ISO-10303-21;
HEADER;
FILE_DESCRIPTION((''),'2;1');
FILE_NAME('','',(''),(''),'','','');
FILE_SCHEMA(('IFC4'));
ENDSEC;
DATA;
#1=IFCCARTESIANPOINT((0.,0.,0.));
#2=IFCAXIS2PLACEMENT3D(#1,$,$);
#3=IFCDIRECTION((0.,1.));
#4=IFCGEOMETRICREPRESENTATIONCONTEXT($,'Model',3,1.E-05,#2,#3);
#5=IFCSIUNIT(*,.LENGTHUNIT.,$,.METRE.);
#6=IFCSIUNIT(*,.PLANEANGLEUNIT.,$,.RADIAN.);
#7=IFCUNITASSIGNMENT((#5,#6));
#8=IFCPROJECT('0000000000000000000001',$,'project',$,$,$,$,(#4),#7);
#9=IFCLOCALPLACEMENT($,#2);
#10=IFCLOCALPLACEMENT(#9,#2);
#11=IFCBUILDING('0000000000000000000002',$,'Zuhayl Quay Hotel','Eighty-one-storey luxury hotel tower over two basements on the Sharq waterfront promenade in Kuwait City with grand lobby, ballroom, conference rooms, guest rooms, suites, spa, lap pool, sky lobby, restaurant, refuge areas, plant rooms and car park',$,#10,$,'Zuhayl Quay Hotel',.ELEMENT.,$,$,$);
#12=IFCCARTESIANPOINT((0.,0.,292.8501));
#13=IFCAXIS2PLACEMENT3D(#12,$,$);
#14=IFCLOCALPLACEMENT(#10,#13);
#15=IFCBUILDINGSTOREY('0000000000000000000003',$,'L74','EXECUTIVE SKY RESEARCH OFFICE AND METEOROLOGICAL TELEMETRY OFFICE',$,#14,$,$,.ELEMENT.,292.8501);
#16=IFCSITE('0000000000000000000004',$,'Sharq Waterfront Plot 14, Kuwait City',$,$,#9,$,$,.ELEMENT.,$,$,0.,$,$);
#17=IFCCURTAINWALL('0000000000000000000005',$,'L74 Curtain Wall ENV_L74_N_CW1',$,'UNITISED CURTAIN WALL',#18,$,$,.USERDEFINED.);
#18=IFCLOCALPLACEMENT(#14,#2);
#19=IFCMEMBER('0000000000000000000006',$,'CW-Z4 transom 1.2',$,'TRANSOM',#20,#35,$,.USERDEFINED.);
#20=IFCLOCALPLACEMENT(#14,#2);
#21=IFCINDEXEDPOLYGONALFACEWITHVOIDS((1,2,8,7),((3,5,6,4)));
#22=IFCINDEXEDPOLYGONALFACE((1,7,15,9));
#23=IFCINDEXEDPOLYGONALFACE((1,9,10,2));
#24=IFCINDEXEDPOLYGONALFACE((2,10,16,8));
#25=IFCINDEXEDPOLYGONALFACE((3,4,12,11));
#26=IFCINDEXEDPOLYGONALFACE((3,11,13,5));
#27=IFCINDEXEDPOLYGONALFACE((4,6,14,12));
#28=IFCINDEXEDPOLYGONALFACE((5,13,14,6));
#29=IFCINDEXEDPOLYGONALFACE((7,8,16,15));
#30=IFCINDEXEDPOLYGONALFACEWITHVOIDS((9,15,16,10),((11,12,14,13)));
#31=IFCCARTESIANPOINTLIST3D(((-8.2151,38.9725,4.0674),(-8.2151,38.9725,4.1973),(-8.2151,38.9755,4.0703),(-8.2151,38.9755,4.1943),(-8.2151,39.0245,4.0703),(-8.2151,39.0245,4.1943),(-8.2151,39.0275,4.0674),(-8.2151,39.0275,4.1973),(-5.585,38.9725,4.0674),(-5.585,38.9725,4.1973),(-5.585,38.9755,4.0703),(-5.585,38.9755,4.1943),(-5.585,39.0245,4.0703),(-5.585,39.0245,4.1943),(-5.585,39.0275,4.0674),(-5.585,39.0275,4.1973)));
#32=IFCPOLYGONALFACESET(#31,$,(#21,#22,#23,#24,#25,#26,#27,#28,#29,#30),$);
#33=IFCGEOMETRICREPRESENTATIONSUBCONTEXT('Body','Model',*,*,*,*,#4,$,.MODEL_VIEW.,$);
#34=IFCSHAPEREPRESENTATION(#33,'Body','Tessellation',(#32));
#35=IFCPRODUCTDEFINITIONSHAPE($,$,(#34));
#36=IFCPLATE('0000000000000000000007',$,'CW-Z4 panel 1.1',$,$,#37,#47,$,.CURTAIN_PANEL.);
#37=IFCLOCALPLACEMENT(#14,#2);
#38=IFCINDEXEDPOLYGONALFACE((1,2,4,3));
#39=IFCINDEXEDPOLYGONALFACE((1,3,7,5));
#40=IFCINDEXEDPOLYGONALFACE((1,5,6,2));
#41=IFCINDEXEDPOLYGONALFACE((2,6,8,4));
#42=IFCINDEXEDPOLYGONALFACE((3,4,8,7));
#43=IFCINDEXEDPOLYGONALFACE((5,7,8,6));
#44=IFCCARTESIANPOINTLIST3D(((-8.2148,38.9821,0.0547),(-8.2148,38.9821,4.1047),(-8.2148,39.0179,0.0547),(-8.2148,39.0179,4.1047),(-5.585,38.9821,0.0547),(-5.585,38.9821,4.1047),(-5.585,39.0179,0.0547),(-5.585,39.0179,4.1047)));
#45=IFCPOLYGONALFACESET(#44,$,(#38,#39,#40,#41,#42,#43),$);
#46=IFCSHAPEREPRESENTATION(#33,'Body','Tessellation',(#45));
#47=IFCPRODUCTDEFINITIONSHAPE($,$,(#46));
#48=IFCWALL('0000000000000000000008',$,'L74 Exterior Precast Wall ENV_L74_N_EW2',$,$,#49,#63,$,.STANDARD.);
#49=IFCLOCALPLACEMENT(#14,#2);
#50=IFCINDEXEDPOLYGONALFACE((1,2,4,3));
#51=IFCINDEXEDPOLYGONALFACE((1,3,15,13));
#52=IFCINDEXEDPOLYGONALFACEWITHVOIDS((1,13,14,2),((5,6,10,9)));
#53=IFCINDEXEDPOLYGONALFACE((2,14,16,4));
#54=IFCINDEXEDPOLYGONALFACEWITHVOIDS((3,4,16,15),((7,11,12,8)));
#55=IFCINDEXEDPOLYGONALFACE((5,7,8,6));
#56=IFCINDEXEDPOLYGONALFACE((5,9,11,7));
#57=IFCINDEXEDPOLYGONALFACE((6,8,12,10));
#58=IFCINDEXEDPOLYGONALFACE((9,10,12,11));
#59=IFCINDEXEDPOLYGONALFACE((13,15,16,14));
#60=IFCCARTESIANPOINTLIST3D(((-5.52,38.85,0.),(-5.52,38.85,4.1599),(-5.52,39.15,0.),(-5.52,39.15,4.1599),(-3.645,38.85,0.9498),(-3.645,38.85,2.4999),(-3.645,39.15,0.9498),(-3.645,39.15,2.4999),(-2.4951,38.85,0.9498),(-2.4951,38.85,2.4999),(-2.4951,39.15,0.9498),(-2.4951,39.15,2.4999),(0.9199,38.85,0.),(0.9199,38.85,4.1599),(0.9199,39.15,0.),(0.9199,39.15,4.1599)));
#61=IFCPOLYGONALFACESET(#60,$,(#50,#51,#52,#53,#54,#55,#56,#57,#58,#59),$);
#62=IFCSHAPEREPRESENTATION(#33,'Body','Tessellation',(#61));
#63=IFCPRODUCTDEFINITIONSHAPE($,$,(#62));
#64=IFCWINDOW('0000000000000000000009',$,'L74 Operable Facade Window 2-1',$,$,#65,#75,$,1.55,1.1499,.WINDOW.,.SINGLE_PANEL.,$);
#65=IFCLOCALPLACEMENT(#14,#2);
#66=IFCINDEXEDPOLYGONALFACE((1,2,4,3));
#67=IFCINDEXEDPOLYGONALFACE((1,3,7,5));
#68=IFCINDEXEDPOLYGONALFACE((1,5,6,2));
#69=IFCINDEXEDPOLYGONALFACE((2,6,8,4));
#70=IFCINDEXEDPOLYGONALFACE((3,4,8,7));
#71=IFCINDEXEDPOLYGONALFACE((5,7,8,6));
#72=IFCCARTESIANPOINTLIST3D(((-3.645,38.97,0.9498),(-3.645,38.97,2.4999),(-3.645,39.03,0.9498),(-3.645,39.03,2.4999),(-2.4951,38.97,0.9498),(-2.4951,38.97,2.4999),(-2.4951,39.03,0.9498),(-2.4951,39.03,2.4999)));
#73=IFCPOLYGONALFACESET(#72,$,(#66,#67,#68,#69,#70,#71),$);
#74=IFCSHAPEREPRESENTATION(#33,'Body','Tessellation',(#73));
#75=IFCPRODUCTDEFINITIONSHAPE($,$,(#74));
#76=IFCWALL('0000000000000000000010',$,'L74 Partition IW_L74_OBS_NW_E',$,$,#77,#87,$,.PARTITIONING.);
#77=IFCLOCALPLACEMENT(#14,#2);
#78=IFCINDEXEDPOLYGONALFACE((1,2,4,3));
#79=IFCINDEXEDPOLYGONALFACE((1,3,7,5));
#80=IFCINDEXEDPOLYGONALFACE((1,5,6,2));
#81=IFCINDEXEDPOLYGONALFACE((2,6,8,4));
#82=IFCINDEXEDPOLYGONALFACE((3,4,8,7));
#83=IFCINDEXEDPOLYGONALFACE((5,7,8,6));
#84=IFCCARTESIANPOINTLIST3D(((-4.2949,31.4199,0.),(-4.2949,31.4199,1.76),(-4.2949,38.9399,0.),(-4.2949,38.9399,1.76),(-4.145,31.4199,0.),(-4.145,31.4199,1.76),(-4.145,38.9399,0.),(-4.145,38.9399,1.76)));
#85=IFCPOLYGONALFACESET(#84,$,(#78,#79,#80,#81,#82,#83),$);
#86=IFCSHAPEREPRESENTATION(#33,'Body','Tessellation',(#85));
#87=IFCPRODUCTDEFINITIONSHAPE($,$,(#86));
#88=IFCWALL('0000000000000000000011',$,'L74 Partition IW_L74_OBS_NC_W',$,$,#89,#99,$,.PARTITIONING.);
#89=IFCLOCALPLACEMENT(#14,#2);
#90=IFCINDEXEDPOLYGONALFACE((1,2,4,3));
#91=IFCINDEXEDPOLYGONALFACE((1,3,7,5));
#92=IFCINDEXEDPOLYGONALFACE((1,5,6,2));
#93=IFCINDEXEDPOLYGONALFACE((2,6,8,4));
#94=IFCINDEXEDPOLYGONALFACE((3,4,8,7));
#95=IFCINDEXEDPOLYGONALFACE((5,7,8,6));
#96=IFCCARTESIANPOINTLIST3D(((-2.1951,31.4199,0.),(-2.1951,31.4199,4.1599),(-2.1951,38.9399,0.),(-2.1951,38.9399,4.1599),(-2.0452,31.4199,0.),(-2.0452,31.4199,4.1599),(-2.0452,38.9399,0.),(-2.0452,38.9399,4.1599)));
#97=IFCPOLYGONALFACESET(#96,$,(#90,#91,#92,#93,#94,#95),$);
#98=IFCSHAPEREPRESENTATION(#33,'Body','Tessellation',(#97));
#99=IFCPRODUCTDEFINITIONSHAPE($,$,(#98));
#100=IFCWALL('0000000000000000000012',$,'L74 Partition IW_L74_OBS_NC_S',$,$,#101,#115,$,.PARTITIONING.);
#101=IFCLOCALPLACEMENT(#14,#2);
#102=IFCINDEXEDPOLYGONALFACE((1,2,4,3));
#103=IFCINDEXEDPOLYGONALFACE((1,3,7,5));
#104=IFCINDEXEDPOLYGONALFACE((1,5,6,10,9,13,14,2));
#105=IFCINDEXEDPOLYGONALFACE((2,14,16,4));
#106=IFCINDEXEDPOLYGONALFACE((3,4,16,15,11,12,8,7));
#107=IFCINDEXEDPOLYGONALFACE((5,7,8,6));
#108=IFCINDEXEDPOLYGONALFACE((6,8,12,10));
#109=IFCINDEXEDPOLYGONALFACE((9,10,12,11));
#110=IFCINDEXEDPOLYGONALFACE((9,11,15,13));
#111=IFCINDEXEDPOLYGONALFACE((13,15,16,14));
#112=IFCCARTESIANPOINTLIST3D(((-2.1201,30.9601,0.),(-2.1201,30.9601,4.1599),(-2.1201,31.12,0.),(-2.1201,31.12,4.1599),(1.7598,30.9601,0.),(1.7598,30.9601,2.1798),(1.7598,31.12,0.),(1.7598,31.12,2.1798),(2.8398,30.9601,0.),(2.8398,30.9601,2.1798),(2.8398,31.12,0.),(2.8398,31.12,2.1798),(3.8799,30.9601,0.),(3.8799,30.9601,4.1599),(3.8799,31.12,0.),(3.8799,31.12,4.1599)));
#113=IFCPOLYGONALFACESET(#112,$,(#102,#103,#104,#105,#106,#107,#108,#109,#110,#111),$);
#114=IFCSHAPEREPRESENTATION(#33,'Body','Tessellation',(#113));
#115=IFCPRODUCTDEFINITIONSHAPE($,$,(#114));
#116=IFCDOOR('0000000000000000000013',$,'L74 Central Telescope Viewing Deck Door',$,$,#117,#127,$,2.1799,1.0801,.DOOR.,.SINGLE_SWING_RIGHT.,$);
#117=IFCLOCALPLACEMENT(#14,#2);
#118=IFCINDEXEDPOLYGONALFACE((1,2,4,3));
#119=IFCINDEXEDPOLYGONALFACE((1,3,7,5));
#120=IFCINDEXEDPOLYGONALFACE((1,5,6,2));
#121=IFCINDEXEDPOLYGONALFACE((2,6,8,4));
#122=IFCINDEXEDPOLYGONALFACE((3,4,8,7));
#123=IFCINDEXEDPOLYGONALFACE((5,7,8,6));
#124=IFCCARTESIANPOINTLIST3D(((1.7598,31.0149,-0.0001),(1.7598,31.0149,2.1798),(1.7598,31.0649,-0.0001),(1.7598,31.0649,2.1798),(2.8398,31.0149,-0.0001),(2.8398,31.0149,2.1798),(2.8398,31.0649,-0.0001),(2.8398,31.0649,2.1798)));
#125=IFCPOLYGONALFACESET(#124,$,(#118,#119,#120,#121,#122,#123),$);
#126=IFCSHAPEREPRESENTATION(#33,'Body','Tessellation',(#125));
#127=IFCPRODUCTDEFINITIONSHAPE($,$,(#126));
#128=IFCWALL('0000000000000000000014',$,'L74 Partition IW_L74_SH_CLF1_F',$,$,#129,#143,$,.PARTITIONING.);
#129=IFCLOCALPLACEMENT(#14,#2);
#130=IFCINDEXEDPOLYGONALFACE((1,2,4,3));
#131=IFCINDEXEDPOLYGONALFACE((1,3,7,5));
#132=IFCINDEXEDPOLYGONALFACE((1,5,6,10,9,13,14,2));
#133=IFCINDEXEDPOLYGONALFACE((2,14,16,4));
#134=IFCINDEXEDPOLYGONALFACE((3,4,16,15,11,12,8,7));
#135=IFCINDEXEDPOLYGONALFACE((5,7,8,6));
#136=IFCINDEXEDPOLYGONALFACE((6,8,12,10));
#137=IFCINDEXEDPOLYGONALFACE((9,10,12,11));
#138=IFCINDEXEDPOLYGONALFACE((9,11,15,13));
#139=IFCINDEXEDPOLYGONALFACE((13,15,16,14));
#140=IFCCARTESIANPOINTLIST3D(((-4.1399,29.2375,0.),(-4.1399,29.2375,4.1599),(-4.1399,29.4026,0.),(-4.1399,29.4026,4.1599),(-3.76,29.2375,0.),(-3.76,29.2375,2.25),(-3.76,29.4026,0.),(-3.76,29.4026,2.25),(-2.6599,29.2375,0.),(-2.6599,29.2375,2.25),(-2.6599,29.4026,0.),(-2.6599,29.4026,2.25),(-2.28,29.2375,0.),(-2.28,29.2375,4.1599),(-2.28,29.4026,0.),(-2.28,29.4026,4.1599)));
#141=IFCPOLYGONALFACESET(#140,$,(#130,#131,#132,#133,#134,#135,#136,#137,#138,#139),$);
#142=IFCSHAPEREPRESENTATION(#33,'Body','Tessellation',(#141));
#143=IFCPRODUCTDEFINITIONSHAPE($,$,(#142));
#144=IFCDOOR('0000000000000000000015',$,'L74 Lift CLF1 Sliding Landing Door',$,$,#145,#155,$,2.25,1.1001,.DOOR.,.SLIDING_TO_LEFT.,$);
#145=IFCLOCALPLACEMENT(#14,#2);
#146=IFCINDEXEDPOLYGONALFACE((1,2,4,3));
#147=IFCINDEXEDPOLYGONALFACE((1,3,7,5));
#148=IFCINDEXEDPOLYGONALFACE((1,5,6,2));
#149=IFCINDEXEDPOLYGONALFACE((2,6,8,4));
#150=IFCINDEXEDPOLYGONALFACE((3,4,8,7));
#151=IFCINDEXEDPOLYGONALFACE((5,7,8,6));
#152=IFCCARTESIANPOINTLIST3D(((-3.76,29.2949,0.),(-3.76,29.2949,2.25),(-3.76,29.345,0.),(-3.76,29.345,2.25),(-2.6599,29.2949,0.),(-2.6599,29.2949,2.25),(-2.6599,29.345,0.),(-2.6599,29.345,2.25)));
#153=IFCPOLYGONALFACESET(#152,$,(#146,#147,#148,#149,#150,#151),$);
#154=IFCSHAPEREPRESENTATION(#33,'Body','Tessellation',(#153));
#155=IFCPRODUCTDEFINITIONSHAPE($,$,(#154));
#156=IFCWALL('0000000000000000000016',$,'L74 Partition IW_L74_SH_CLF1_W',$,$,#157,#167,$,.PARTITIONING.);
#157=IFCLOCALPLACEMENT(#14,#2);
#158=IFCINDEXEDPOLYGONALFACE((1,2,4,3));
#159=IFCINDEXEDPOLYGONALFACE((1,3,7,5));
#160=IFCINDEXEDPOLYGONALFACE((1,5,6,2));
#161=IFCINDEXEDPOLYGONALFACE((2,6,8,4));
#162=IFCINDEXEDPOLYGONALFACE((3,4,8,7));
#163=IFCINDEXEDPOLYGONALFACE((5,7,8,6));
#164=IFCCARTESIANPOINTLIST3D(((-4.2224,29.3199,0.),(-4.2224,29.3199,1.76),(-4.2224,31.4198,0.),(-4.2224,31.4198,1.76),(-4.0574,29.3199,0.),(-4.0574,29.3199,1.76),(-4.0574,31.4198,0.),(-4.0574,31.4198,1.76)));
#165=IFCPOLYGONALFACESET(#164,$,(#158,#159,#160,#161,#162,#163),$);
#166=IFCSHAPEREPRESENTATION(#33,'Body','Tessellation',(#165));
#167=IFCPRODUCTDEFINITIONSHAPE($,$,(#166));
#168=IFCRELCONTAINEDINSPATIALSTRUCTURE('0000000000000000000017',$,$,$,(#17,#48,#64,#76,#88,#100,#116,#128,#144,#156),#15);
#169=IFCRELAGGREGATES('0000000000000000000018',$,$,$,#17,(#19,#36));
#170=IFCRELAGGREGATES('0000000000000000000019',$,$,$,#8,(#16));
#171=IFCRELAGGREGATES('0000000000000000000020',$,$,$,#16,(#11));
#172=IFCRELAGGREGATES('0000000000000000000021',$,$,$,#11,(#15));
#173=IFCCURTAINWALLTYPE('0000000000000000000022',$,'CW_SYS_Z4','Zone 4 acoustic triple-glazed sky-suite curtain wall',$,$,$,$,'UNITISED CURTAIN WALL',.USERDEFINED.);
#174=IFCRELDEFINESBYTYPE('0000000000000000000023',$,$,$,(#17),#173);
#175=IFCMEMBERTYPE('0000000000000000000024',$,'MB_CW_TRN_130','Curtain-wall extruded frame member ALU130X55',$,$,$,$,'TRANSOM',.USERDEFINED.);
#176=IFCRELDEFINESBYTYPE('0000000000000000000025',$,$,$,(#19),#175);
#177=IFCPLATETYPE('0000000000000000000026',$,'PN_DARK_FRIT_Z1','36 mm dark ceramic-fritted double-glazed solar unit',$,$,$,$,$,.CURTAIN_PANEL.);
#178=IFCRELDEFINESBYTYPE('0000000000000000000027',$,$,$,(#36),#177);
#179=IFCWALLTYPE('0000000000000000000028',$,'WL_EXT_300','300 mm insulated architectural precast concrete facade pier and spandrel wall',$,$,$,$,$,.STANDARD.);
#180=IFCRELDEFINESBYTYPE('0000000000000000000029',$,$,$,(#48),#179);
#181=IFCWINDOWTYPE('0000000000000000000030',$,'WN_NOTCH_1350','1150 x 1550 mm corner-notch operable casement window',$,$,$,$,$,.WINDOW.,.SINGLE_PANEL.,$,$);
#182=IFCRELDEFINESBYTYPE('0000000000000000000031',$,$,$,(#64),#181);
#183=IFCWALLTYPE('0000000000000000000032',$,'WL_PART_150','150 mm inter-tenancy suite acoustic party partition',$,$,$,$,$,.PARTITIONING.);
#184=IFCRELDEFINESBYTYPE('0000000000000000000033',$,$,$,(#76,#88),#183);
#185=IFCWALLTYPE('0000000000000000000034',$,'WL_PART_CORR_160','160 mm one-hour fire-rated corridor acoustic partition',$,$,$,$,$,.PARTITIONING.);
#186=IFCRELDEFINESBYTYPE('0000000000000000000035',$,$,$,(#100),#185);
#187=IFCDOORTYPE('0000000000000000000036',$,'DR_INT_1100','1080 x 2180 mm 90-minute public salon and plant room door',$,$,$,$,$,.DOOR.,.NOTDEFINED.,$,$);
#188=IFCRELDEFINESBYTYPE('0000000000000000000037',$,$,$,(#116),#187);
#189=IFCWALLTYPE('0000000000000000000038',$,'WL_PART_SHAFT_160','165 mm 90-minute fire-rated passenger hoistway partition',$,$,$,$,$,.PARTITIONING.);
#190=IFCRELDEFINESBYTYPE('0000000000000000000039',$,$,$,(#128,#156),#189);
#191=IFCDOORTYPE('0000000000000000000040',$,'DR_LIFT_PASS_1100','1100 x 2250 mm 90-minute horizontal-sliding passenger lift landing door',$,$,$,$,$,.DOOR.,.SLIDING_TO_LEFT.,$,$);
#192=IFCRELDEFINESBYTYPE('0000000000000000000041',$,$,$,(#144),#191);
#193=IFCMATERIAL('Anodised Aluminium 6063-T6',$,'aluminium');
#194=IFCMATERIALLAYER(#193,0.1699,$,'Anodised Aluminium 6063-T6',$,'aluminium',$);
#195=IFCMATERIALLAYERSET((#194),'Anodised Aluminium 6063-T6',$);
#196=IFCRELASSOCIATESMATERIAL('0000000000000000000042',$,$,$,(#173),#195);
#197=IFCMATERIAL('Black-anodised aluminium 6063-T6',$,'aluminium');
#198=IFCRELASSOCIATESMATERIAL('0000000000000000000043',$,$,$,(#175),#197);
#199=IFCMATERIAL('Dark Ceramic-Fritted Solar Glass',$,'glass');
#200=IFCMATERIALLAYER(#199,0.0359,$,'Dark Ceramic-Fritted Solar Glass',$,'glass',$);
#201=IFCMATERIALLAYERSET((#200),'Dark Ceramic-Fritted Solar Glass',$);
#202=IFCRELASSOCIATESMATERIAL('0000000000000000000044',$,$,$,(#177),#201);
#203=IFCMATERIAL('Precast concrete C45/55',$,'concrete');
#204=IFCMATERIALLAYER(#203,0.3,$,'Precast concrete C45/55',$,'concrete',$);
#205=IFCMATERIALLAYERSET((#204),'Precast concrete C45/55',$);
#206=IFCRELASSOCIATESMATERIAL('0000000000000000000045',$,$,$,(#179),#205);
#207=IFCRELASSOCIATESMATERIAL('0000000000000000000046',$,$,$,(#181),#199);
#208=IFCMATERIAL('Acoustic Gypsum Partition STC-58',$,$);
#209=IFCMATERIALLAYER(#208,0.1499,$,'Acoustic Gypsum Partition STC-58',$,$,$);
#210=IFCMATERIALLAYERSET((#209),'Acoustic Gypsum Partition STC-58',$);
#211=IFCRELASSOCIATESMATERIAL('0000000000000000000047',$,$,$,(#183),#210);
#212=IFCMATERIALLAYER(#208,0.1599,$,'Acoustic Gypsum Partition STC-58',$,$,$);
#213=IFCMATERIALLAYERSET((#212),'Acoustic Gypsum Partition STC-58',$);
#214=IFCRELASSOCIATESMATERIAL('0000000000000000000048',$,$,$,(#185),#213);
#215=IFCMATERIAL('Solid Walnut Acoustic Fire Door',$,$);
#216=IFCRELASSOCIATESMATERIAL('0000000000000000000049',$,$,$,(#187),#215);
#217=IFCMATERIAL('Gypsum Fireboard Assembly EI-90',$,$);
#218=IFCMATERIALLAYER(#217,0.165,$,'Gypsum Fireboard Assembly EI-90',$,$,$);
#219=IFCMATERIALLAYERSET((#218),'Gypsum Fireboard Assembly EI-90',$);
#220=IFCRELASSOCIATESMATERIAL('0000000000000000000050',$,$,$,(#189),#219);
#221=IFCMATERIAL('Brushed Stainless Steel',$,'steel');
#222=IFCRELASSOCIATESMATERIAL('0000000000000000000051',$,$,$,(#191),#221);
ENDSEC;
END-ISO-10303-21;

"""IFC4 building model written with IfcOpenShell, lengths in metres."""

from ifc_helpers import new_model, si_unit, direction, frame, frame_2d, origin, origin_2d, place, context, subcontext, project, spatial, rectangle, hollow_rectangle, extrude, material, layer, layer_set, material_profile, profile_set, type_object, element, fill, aggregate, save


model = new_model("IFC4")

# Units and contexts
model_context = context("Model", 3, precision=1e-05, world=origin(), true_north=direction((0.0, 1.0)))
body_context = subcontext(model_context, "Body", "Model", "MODEL_VIEW")
ifc_project = project(units=[si_unit("LENGTHUNIT", "METRE"), si_unit("PLANEANGLEUNIT", "RADIAN")], contexts=[model_context])

# Site, building, storey
site_placement = place(None, origin())
site = spatial("IfcSite", under=ifc_project, at=site_placement, Name="Sharq Waterfront Plot 14, Kuwait City", CompositionType="ELEMENT", RefElevation=0.0)
building_placement = place(site_placement, origin())
building = spatial("IfcBuilding", under=site, at=building_placement, Name="Zuhayl Quay Hotel", Description="Eighty-one-storey luxury hotel tower over two basements on the Sharq waterfront promenade in Kuwait City with grand lobby, ballroom, conference rooms, guest rooms, suites, spa, lap pool, sky lobby, restaurant, refuge areas, plant rooms and car park", LongName="Zuhayl Quay Hotel", CompositionType="ELEMENT")
storey_placement = place(building_placement, frame((0.0, 0.0, 292.8501)))
storey = spatial("IfcBuildingStorey", under=building, at=storey_placement, Name="L74", Description="EXECUTIVE SKY RESEARCH OFFICE AND METEOROLOGICAL TELEMETRY OFFICE", CompositionType="ELEMENT", Elevation=292.8501)

# Curtain wall, member, plate
ifc_material_1 = material(Name="Anodised Aluminium 6063-T6", Category="aluminium")
ifc_layer_1 = layer(ifc_material_1, 0.1699, Name="Anodised Aluminium 6063-T6", Category="aluminium")
ifc_layer_set_1 = layer_set([ifc_layer_1], Name="Anodised Aluminium 6063-T6")
curtain_wall_type = type_object("IfcCurtainWallType", Name="CW_SYS_Z4", Description="Zone 4 acoustic triple-glazed sky-suite curtain wall", ElementType="UNITISED CURTAIN WALL", PredefinedType="USERDEFINED", material=ifc_layer_set_1)
curtain_wall_placement = place(storey_placement, origin())
curtain_wall = element("IfcCurtainWall", 1, at=curtain_wall_placement, inside=storey, type_object=curtain_wall_type, Name="L74 Curtain Wall ENV_L74_N_CW1", ObjectType="UNITISED CURTAIN WALL", PredefinedType="USERDEFINED")
ifc_material_2 = material(Name="Black-anodised aluminium 6063-T6", Category="aluminium")
ifc_material_profile_1 = material_profile(ifc_material_2, hollow_rectangle(XDim=0.0549, YDim=0.1299, WallThickness=0.0029, at=origin_2d()), Name="ALU130X55")
ifc_profile_set_1 = profile_set([ifc_material_profile_1], Name="Black-anodised aluminium 6063-T6")
member_type_1 = type_object("IfcMemberType", Name="MB_CW_TRN_130", Description="Curtain-wall extruded frame member ALU130X55", ElementType="TRANSOM", PredefinedType="USERDEFINED", material=ifc_profile_set_1)
member_1_placement = place(storey_placement, frame((-8.2151, 39.0, 4.1323), z_axis=(1.0, 0.0, 0.0), x_axis=(0.0, 1.0, 0.0)))
member_1 = element("IfcMember", 2, at=member_1_placement, type_object=member_type_1, Name="CW-Z4 transom 1.2", ObjectType="TRANSOM", PredefinedType="USERDEFINED", context=body_context, shape_type="SweptSolid", body=[
    extrude(hollow_rectangle(XDim=0.0549, YDim=0.1299, WallThickness=0.0029, at=origin_2d()), origin(), (0.0, 0.0, 1.0), 2.6301),
])
ifc_material_3 = material(Name="Dark Ceramic-Fritted Solar Glass", Category="glass")
ifc_layer_2 = layer(ifc_material_3, 0.0359, Name="Dark Ceramic-Fritted Solar Glass", Category="glass")
ifc_layer_set_2 = layer_set([ifc_layer_2], Name="Dark Ceramic-Fritted Solar Glass")
plate_type = type_object("IfcPlateType", Name="PN_DARK_FRIT_Z1", Description="36 mm dark ceramic-fritted double-glazed solar unit", PredefinedType="CURTAIN_PANEL", material=ifc_layer_set_2)
plate_placement = place(storey_placement, frame((-6.8999, 39.0, 0.0547), z_axis=(0.0, 0.0, 1.0), x_axis=(1.0, 0.0, 0.0)))
plate = element("IfcPlate", 3, at=plate_placement, type_object=plate_type, Name="CW-Z4 panel 1.1", PredefinedType="CURTAIN_PANEL", context=body_context, shape_type="SweptSolid", body=[
    extrude(rectangle(XDim=2.6299, YDim=0.0359, at=origin_2d()), origin(), (0.0, 0.0, 1.0), 4.05),
])
aggregate(curtain_wall, [member_1, plate])

# Wall, opening, window
ifc_material_4 = material(Name="Precast concrete C45/55", Category="concrete")
ifc_layer_3 = layer(ifc_material_4, 0.3, Name="Precast concrete C45/55", Category="concrete")
ifc_layer_set_3 = layer_set([ifc_layer_3], Name="Precast concrete C45/55")
wall_type_1 = type_object("IfcWallType", Name="WL_EXT_300", Description="300 mm insulated architectural precast concrete facade pier and spandrel wall", PredefinedType="STANDARD", material=ifc_layer_set_3)
wall_1_placement = place(storey_placement, frame((-5.52, 39.0, 0.0), z_axis=(0.0, 0.0, 1.0), x_axis=(1.0, 0.0, 0.0)))
wall_1 = element("IfcWall", 4, at=wall_1_placement, inside=storey, type_object=wall_type_1, Name="L74 Exterior Precast Wall ENV_L74_N_EW2", PredefinedType="STANDARD", context=body_context, shape_type="SweptSolid", body=[
    extrude(rectangle(XDim=6.4399, YDim=0.3, at=frame_2d((3.22, 0.0))), origin(), (0.0, 0.0, 1.0), 4.1599),
])
opening_1_placement = place(wall_1_placement, frame((1.875, 0.0, 0.95)))
opening_1 = element("IfcOpeningElement", 5, at=opening_1_placement, cuts=wall_1, PredefinedType="OPENING", context=body_context, shape_type="SweptSolid", body=[
    extrude(rectangle(XDim=1.1499, YDim=1.55, at=frame_2d((0.575, 0.7749))), frame((0.0, 0.1599, 0.0), z_axis=(0.0, -1.0, 0.0), x_axis=(1.0, 0.0, 0.0)), (0.0, 0.0, 1.0), 0.3201),
])
window_type = type_object("IfcWindowType", Name="WN_NOTCH_1350", Description="1150 x 1550 mm corner-notch operable casement window", PartitioningType="SINGLE_PANEL", PredefinedType="WINDOW", material=ifc_material_3)
window_placement = place(opening_1_placement, origin())
window = element("IfcWindow", 6, at=window_placement, inside=storey, type_object=window_type, Name="L74 Operable Facade Window 2-1", OverallHeight=1.55, OverallWidth=1.1499, PartitioningType="SINGLE_PANEL", PredefinedType="WINDOW", context=body_context, shape_type="SweptSolid", body=[
    extrude(rectangle(XDim=1.1499, YDim=1.55, at=frame_2d((0.575, 0.7749))), frame((0.0, 0.03, 0.0), z_axis=(0.0, -1.0, 0.0), x_axis=(1.0, 0.0, 0.0)), (0.0, 0.0, 1.0), 0.0601),
])
fill(opening_1, window)

# Walls
ifc_material_5 = material(Name="Acoustic Gypsum Partition STC-58")
ifc_layer_4 = layer(ifc_material_5, 0.1499, Name="Acoustic Gypsum Partition STC-58")
ifc_layer_set_4 = layer_set([ifc_layer_4], Name="Acoustic Gypsum Partition STC-58")
wall_type_2 = type_object("IfcWallType", Name="WL_PART_150", Description="150 mm inter-tenancy suite acoustic party partition", PredefinedType="PARTITIONING", material=ifc_layer_set_4)
wall_2_placement = place(storey_placement, frame((-4.22, 31.4199, 0.0), z_axis=(0.0, 0.0, 1.0), x_axis=(0.0, 1.0, 0.0)))
element("IfcWall", 7, at=wall_2_placement, inside=storey, type_object=wall_type_2, Name="L74 Partition IW_L74_OBS_NW_E", PredefinedType="PARTITIONING", context=body_context, shape_type="SweptSolid", body=[
    extrude(rectangle(XDim=7.52, YDim=0.1499, at=frame_2d((3.76, 0.0))), origin(), (0.0, 0.0, 1.0), 1.76),
])
wall_3_placement = place(storey_placement, frame((-2.1201, 31.4199, 0.0), z_axis=(0.0, 0.0, 1.0), x_axis=(0.0, 1.0, 0.0)))
element("IfcWall", 8, at=wall_3_placement, inside=storey, type_object=wall_type_2, Name="L74 Partition IW_L74_OBS_NC_W", PredefinedType="PARTITIONING", context=body_context, shape_type="SweptSolid", body=[
    extrude(rectangle(XDim=7.52, YDim=0.1499, at=frame_2d((3.76, 0.0))), origin(), (0.0, 0.0, 1.0), 4.1599),
])

# Walls, openings, doors
ifc_layer_5 = layer(ifc_material_5, 0.1599, Name="Acoustic Gypsum Partition STC-58")
ifc_layer_set_5 = layer_set([ifc_layer_5], Name="Acoustic Gypsum Partition STC-58")
wall_type_3 = type_object("IfcWallType", Name="WL_PART_CORR_160", Description="160 mm one-hour fire-rated corridor acoustic partition", PredefinedType="PARTITIONING", material=ifc_layer_set_5)
wall_4_placement = place(storey_placement, frame((-2.1201, 31.04, 0.0), z_axis=(0.0, 0.0, 1.0), x_axis=(1.0, 0.0, 0.0)))
wall_4 = element("IfcWall", 9, at=wall_4_placement, inside=storey, type_object=wall_type_3, Name="L74 Partition IW_L74_OBS_NC_S", PredefinedType="PARTITIONING", context=body_context, shape_type="SweptSolid", body=[
    extrude(rectangle(XDim=6.0, YDim=0.1599, at=frame_2d((3.0, 0.0))), origin(), (0.0, 0.0, 1.0), 4.1599),
])
opening_2_placement = place(wall_4_placement, frame((3.8799, 0.0, 0.0)))
opening_2 = element("IfcOpeningElement", 10, at=opening_2_placement, cuts=wall_4, PredefinedType="OPENING", context=body_context, shape_type="SweptSolid", body=[
    extrude(rectangle(XDim=1.0801, YDim=2.1799, at=frame_2d((0.54, 1.0898))), frame((0.0, 0.0898, 0.0), z_axis=(0.0, -1.0, 0.0), x_axis=(1.0, 0.0, 0.0)), (0.0, 0.0, 1.0), 0.1799),
])
ifc_material_6 = material(Name="Solid Walnut Acoustic Fire Door")
door_type_1 = type_object("IfcDoorType", Name="DR_INT_1100", Description="1080 x 2180 mm 90-minute public salon and plant room door", OperationType="NOTDEFINED", PredefinedType="DOOR", material=ifc_material_6)
door_1_placement = place(opening_2_placement, origin())
door_1 = element("IfcDoor", 11, at=door_1_placement, inside=storey, type_object=door_type_1, Name="L74 Central Telescope Viewing Deck Door", OperationType="SINGLE_SWING_RIGHT", OverallHeight=2.1799, OverallWidth=1.0801, PredefinedType="DOOR", context=body_context, shape_type="SweptSolid", body=[
    extrude(rectangle(XDim=1.0801, YDim=2.1799, at=frame_2d((0.54, 1.0898))), frame((0.0, 0.0249, 0.0), z_axis=(0.0, -1.0, 0.0), x_axis=(1.0, 0.0, 0.0)), (0.0, 0.0, 1.0), 0.05),
])
fill(opening_2, door_1)
ifc_material_7 = material(Name="Gypsum Fireboard Assembly EI-90")
ifc_layer_6 = layer(ifc_material_7, 0.165, Name="Gypsum Fireboard Assembly EI-90")
ifc_layer_set_6 = layer_set([ifc_layer_6], Name="Gypsum Fireboard Assembly EI-90")
wall_type_4 = type_object("IfcWallType", Name="WL_PART_SHAFT_160", Description="165 mm 90-minute fire-rated passenger hoistway partition", PredefinedType="PARTITIONING", material=ifc_layer_set_6)
wall_5_placement = place(storey_placement, frame((-4.1399, 29.3201, 0.0), z_axis=(0.0, 0.0, 1.0), x_axis=(1.0, 0.0, 0.0)))
wall_5 = element("IfcWall", 12, at=wall_5_placement, inside=storey, type_object=wall_type_4, Name="L74 Partition IW_L74_SH_CLF1_F", PredefinedType="PARTITIONING", context=body_context, shape_type="SweptSolid", body=[
    extrude(rectangle(XDim=1.8599, YDim=0.165, at=frame_2d((0.9299, 0.0))), origin(), (0.0, 0.0, 1.0), 4.1599),
])
opening_3_placement = place(wall_5_placement, frame((0.3799, 0.0, 0.0)))
opening_3 = element("IfcOpeningElement", 13, at=opening_3_placement, cuts=wall_5, PredefinedType="OPENING", context=body_context, shape_type="SweptSolid", body=[
    extrude(rectangle(XDim=1.1001, YDim=2.25, at=frame_2d((0.55, 1.125))), frame((0.0, 0.0925, 0.0), z_axis=(0.0, -1.0, 0.0), x_axis=(1.0, 0.0, 0.0)), (0.0, 0.0, 1.0), 0.1851),
])
ifc_material_8 = material(Name="Brushed Stainless Steel", Category="steel")
door_type_2 = type_object("IfcDoorType", Name="DR_LIFT_PASS_1100", Description="1100 x 2250 mm 90-minute horizontal-sliding passenger lift landing door", OperationType="SLIDING_TO_LEFT", PredefinedType="DOOR", material=ifc_material_8)
door_2_placement = place(opening_3_placement, origin())
door_2 = element("IfcDoor", 14, at=door_2_placement, inside=storey, type_object=door_type_2, Name="L74 Lift CLF1 Sliding Landing Door", OperationType="SLIDING_TO_LEFT", OverallHeight=2.25, OverallWidth=1.1001, PredefinedType="DOOR", context=body_context, shape_type="SweptSolid", body=[
    extrude(rectangle(XDim=1.1001, YDim=2.25, at=frame_2d((0.55, 1.125))), frame((0.0, 0.0249, 0.0), z_axis=(0.0, -1.0, 0.0), x_axis=(1.0, 0.0, 0.0)), (0.0, 0.0, 1.0), 0.05),
])
fill(opening_3, door_2)

# Wall
wall_6_placement = place(storey_placement, frame((-4.1399, 29.3201, 0.0), z_axis=(0.0, 0.0, 1.0), x_axis=(0.0, 1.0, 0.0)))
element("IfcWall", 15, at=wall_6_placement, inside=storey, type_object=wall_type_4, Name="L74 Partition IW_L74_SH_CLF1_W", PredefinedType="PARTITIONING", context=body_context, shape_type="SweptSolid", body=[
    extrude(rectangle(XDim=2.0999, YDim=0.165, at=frame_2d((1.0498, 0.0))), origin(), (0.0, 0.0, 1.0), 1.76),
])

save(model, "model.ifc")
